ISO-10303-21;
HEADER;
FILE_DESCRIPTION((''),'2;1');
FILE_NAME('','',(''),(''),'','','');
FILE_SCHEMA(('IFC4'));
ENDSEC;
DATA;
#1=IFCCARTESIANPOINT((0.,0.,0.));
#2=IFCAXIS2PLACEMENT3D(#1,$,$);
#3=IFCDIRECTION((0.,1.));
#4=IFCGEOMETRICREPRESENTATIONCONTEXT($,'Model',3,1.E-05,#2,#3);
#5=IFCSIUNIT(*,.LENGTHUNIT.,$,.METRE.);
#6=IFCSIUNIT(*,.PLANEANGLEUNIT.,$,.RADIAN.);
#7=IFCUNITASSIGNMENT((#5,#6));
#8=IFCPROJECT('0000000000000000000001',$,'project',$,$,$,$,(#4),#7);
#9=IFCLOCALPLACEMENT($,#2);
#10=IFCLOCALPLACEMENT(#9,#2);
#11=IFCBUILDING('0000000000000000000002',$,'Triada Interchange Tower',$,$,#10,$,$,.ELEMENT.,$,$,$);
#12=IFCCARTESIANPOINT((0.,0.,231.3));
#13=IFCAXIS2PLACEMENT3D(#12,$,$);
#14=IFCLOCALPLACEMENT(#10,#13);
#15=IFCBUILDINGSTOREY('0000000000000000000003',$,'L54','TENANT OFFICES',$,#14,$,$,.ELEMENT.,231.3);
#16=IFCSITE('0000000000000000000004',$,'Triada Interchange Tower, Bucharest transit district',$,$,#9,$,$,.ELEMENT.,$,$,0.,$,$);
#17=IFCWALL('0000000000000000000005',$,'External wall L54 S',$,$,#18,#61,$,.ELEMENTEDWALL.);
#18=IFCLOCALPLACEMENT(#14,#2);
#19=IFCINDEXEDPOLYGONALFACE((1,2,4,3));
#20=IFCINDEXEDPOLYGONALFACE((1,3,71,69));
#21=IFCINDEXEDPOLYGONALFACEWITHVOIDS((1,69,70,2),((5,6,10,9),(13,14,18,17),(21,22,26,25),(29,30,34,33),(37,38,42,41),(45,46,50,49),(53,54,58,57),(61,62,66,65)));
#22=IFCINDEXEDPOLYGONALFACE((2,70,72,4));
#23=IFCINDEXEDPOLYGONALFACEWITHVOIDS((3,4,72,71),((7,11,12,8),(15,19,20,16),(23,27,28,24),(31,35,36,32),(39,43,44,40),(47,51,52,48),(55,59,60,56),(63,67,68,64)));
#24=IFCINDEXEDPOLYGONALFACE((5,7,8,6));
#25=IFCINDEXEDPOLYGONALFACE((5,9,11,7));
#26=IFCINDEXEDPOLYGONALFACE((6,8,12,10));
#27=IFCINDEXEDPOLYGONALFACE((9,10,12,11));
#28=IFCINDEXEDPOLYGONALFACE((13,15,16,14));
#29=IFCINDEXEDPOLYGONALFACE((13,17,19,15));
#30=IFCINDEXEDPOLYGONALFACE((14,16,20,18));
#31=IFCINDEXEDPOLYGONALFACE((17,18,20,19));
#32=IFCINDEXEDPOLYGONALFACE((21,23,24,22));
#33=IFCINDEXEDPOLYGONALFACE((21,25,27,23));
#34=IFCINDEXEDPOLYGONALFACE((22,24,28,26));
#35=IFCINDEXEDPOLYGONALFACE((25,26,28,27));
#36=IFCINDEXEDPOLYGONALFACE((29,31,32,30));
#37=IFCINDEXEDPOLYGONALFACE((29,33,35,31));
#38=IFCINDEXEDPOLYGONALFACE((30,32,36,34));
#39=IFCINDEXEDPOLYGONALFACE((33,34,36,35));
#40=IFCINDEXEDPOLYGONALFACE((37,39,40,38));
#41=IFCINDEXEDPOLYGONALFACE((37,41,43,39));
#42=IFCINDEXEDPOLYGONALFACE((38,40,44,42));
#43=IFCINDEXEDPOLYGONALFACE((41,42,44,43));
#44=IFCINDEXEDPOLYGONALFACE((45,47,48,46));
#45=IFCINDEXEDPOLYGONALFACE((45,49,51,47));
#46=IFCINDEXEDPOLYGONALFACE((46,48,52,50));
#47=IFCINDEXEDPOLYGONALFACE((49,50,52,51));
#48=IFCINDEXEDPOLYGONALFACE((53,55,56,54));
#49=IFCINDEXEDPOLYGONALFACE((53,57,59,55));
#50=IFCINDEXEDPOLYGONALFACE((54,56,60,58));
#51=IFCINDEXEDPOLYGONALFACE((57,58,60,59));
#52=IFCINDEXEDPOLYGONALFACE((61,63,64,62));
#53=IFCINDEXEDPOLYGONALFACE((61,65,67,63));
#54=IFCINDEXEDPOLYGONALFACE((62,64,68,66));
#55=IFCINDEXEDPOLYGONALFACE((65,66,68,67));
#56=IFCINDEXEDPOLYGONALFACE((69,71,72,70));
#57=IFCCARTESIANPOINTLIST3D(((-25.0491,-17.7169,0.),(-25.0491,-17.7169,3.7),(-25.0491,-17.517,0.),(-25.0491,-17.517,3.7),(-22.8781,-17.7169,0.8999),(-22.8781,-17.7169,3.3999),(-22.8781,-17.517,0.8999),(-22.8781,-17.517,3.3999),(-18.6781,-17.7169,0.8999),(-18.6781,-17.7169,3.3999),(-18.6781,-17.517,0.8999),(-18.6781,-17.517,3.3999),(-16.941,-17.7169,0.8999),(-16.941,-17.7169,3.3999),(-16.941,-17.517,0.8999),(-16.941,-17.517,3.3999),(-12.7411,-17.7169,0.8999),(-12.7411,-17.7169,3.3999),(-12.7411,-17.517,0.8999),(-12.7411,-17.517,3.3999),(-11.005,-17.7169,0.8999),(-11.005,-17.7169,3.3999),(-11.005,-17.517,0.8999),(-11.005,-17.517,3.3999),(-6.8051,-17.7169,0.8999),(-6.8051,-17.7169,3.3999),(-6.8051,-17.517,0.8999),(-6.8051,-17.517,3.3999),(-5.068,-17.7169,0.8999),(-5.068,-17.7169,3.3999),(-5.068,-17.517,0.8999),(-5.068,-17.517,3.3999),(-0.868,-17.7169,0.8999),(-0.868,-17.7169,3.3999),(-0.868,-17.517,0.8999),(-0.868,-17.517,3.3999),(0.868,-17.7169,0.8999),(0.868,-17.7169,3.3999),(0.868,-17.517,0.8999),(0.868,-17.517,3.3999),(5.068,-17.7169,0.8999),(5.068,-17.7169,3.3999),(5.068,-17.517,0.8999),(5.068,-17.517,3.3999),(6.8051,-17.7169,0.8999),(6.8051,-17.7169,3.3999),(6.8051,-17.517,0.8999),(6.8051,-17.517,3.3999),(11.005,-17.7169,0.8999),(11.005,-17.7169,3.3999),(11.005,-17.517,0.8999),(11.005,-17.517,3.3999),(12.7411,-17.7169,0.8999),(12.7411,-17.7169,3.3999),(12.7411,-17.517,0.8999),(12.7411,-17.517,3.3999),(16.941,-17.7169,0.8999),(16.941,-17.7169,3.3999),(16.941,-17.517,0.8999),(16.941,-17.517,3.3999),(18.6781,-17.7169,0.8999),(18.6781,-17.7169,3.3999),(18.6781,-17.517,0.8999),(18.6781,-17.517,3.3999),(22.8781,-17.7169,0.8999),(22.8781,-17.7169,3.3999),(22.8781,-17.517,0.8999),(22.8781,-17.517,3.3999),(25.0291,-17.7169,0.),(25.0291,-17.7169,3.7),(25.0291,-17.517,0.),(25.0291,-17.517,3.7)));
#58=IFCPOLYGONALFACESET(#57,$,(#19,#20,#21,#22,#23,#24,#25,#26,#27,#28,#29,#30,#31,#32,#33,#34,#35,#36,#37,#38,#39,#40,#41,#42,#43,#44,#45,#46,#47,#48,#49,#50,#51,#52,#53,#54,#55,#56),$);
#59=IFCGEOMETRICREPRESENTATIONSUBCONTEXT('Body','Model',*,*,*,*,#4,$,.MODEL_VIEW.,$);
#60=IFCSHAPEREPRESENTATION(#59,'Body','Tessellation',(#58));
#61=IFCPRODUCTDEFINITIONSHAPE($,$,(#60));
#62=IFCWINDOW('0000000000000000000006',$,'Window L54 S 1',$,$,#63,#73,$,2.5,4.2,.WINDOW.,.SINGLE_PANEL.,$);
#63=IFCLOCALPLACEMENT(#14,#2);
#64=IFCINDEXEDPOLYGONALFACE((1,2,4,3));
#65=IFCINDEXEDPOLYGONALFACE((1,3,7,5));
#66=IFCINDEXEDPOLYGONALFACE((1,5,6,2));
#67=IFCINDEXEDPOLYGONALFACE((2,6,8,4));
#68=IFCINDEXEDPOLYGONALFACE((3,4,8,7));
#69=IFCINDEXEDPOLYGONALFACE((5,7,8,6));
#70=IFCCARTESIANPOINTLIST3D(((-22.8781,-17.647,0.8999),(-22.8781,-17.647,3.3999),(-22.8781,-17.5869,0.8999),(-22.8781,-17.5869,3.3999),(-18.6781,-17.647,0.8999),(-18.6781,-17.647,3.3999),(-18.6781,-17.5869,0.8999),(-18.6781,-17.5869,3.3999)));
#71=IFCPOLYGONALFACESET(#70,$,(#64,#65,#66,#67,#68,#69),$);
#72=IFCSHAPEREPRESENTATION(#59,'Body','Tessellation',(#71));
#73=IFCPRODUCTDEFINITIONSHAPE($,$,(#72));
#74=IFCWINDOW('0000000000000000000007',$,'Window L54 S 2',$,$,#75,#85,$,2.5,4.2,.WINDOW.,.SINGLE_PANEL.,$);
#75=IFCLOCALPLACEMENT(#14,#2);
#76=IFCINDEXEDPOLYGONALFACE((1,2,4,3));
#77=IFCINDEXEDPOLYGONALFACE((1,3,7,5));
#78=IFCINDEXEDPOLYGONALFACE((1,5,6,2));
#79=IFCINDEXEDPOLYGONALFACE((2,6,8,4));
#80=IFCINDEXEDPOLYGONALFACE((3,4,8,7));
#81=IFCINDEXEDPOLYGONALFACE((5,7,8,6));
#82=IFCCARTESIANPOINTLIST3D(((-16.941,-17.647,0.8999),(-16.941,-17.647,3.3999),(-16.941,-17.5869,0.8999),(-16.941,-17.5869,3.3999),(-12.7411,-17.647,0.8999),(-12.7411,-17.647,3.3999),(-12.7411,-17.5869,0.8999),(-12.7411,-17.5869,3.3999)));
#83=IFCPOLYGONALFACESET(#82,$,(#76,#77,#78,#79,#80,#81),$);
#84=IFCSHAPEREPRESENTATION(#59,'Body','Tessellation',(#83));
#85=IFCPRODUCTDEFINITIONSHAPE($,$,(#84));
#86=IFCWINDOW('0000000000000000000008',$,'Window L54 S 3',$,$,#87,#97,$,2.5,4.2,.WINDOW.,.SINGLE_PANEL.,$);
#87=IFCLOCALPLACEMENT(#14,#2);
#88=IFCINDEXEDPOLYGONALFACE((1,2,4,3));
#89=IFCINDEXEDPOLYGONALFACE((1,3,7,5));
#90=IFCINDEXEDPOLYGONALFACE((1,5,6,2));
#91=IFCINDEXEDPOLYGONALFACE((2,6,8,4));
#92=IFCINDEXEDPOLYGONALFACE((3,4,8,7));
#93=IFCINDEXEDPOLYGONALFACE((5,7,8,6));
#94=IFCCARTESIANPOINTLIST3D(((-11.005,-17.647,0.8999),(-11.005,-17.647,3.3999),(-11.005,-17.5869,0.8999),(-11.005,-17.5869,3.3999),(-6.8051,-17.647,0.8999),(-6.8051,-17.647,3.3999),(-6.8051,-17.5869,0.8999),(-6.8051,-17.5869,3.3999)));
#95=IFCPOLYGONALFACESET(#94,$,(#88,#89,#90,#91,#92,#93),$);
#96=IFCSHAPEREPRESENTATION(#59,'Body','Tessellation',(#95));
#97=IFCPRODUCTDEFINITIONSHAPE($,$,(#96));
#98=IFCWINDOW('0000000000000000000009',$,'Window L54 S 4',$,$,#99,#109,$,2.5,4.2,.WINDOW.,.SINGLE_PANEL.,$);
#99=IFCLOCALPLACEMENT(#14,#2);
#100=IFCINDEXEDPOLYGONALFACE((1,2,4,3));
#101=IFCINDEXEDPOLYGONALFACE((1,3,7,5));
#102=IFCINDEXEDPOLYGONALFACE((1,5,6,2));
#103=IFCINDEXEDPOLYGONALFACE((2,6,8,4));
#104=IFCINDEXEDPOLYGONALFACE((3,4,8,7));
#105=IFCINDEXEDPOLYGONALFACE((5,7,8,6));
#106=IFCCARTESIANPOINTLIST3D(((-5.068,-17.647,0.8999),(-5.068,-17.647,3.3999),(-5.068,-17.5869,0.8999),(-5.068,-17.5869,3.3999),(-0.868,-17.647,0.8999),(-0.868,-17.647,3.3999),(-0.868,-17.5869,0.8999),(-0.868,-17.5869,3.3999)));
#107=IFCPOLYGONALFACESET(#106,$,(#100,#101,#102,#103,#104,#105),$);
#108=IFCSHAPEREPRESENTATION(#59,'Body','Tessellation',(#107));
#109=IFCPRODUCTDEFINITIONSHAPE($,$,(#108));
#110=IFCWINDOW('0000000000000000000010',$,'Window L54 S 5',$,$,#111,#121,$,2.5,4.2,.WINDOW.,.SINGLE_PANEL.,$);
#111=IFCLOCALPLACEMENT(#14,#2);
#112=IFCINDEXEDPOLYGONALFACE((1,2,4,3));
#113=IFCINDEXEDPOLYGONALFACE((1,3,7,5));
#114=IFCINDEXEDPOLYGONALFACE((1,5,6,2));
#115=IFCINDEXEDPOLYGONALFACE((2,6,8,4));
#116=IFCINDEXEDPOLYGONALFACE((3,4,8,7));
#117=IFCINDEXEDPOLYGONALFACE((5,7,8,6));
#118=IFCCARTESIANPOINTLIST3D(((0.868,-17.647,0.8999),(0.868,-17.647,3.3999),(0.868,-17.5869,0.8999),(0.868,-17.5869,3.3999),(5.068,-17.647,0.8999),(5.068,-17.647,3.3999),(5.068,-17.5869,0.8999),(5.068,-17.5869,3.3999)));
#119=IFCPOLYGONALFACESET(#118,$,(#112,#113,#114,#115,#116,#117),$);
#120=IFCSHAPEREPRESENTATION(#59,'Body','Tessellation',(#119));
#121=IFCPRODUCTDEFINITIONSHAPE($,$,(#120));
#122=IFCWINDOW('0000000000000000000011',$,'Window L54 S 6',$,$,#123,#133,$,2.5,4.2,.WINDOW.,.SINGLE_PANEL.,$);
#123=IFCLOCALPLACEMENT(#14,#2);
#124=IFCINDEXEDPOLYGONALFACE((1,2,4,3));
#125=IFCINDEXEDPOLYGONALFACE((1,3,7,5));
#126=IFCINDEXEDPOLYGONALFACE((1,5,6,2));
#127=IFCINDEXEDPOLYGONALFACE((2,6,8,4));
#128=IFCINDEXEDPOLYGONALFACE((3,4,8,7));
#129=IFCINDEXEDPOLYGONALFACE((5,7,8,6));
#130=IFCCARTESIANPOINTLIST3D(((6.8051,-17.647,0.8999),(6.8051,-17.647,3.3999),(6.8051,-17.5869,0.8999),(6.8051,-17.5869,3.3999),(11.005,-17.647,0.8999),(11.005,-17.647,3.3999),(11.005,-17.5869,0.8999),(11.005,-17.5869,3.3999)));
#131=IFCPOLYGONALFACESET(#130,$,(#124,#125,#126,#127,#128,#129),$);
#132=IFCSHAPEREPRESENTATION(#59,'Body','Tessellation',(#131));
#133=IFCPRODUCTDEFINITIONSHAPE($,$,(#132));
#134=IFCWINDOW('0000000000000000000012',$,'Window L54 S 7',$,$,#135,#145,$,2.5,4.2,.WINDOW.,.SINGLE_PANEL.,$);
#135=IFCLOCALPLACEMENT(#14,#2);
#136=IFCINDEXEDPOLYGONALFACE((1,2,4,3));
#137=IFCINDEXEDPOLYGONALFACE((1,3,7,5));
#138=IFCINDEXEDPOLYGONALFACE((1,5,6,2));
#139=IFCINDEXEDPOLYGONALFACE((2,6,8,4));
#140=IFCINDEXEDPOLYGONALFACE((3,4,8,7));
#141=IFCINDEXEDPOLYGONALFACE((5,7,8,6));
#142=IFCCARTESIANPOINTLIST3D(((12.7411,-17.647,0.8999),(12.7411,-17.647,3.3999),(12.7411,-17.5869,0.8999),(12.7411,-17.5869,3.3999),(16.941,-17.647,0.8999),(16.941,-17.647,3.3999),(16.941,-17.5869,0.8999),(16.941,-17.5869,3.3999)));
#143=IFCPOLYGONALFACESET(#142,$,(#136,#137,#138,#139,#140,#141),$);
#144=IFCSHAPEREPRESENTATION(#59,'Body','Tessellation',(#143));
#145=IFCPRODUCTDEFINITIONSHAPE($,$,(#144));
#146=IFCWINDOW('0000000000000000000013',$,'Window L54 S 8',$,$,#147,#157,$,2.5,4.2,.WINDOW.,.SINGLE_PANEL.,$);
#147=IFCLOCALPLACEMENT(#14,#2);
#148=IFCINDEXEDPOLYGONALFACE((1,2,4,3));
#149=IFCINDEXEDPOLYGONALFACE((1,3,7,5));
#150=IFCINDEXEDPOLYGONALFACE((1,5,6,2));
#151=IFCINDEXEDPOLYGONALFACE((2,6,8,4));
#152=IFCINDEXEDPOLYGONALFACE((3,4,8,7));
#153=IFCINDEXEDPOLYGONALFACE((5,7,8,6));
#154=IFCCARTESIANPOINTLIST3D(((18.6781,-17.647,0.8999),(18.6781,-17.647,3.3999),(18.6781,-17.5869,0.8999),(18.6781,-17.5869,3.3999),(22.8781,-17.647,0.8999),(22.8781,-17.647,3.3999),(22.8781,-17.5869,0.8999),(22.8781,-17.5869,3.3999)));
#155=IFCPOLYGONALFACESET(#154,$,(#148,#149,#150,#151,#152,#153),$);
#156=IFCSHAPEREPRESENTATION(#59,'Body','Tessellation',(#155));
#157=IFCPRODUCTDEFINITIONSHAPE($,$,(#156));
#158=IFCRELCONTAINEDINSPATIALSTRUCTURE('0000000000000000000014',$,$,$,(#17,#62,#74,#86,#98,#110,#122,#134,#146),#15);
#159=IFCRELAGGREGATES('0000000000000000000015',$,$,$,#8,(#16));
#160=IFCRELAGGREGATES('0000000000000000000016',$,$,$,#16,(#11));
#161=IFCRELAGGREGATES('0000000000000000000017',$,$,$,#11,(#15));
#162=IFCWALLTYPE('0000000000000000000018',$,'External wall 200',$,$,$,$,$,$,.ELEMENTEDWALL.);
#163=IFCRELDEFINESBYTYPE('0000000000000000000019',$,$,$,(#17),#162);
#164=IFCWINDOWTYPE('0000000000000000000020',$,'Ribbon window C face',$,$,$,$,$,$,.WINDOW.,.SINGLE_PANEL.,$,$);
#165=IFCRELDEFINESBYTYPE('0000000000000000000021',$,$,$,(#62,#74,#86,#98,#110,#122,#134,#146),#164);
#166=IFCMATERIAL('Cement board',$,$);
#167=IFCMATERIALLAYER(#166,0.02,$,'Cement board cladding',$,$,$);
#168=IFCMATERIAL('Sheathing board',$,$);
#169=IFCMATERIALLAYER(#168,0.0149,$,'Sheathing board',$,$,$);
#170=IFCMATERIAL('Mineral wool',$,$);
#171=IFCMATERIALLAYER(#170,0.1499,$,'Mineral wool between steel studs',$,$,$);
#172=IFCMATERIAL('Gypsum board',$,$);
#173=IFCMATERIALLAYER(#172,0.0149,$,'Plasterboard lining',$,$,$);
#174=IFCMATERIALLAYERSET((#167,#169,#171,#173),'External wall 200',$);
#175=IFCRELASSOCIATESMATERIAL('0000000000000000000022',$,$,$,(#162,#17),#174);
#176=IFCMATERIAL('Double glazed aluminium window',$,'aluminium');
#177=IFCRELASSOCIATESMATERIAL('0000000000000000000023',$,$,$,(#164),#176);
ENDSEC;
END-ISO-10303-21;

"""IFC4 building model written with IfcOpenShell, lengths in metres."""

from ifc_helpers import new_model, si_unit, direction, frame, frame_2d, origin, place, context, subcontext, project, spatial, rectangle, extrude, material, layer, layer_set, layer_usage, type_object, element, fill, save


model = new_model("IFC4")

# Units and contexts
model_context = context("Model", 3, precision=1e-05, world=origin(), true_north=direction((0.0, 1.0)))
body_context = subcontext(model_context, "Body", "Model", "MODEL_VIEW")
ifc_project = project(units=[si_unit("LENGTHUNIT", "METRE"), si_unit("PLANEANGLEUNIT", "RADIAN")], contexts=[model_context])

# Site, building, storey
site_placement = place(None, origin())
site = spatial("IfcSite", under=ifc_project, at=site_placement, Name="Triada Interchange Tower, Bucharest transit district", CompositionType="ELEMENT", RefElevation=0.0)
building_placement = place(site_placement, origin())
building = spatial("IfcBuilding", under=site, at=building_placement, Name="Triada Interchange Tower", CompositionType="ELEMENT")
storey_placement = place(building_placement, frame((0.0, 0.0, 231.3)))
storey = spatial("IfcBuildingStorey", under=building, at=storey_placement, Name="L54", Description="TENANT OFFICES", CompositionType="ELEMENT", Elevation=231.3)

# Shared definitions
ifc_material_1 = material(Name="Cement board")
ifc_layer_1 = layer(ifc_material_1, 0.02, Name="Cement board cladding")
ifc_material_2 = material(Name="Sheathing board")
ifc_layer_2 = layer(ifc_material_2, 0.0149, Name="Sheathing board")
ifc_material_3 = material(Name="Mineral wool")
ifc_layer_3 = layer(ifc_material_3, 0.1499, Name="Mineral wool between steel studs")
ifc_material_4 = material(Name="Gypsum board")
ifc_layer_4 = layer(ifc_material_4, 0.0149, Name="Plasterboard lining")
ifc_layer_set_1 = layer_set([ifc_layer_1, ifc_layer_2, ifc_layer_3, ifc_layer_4], Name="External wall 200")
ifc_layer_usage = layer_usage(ifc_layer_set_1, "AXIS2", "POSITIVE", -0.1001)
wall_type_1 = type_object("IfcWallType", Name="External wall 200", PredefinedType="ELEMENTEDWALL", material=ifc_layer_set_1)
ifc_material_5 = material(Name="Double glazed aluminium window", Category="aluminium")

# Wall, openings, windows
wall_1_placement = place(storey_placement, frame((-25.0491, -17.6169, 0.0), z_axis=(0.0, 0.0, 1.0), x_axis=(1.0, 0.0, 0.0)))
wall_1 = element("IfcWall", 1, at=wall_1_placement, inside=storey, type_object=wall_type_1, material=ifc_layer_usage, Name="External wall L54 S", PredefinedType="ELEMENTEDWALL", context=body_context, shape_type="SweptSolid", body=[
    extrude(rectangle(XDim=50.0781, YDim=0.2, at=frame_2d((25.0391, 0.0))), origin(), (0.0, 0.0, 1.0), 3.7),
])
opening_1_placement = place(wall_1_placement, frame((2.1709, 0.0, 0.8999)))
opening_1 = element("IfcOpeningElement", 2, at=opening_1_placement, cuts=wall_1, PredefinedType="OPENING", context=body_context, shape_type="SweptSolid", body=[
    extrude(rectangle(XDim=4.2, YDim=2.5, at=frame_2d((2.1001, 1.25))), frame((0.0, 0.1099, 0.0), z_axis=(0.0, -1.0, 0.0), x_axis=(1.0, 0.0, 0.0)), (0.0, 0.0, 1.0), 0.22),
])
opening_2_placement = place(wall_1_placement, frame((8.1079, 0.0, 0.8999)))
opening_2 = element("IfcOpeningElement", 3, at=opening_2_placement, cuts=wall_1, PredefinedType="OPENING", context=body_context, shape_type="SweptSolid", body=[
    extrude(rectangle(XDim=4.2, YDim=2.5, at=frame_2d((2.1001, 1.25))), frame((0.0, 0.1099, 0.0), z_axis=(0.0, -1.0, 0.0), x_axis=(1.0, 0.0, 0.0)), (0.0, 0.0, 1.0), 0.22),
])
opening_3_placement = place(wall_1_placement, frame((14.0439, 0.0, 0.8999)))
opening_3 = element("IfcOpeningElement", 4, at=opening_3_placement, cuts=wall_1, PredefinedType="OPENING", context=body_context, shape_type="SweptSolid", body=[
    extrude(rectangle(XDim=4.2, YDim=2.5, at=frame_2d((2.1001, 1.25))), frame((0.0, 0.1099, 0.0), z_axis=(0.0, -1.0, 0.0), x_axis=(1.0, 0.0, 0.0)), (0.0, 0.0, 1.0), 0.22),
])
opening_4_placement = place(wall_1_placement, frame((19.981, 0.0, 0.8999)))
opening_4 = element("IfcOpeningElement", 5, at=opening_4_placement, cuts=wall_1, PredefinedType="OPENING", context=body_context, shape_type="SweptSolid", body=[
    extrude(rectangle(XDim=4.2, YDim=2.5, at=frame_2d((2.1001, 1.25))), frame((0.0, 0.1099, 0.0), z_axis=(0.0, -1.0, 0.0), x_axis=(1.0, 0.0, 0.0)), (0.0, 0.0, 1.0), 0.22),
])
opening_5_placement = place(wall_1_placement, frame((25.917, 0.0, 0.8999)))
opening_5 = element("IfcOpeningElement", 6, at=opening_5_placement, cuts=wall_1, PredefinedType="OPENING", context=body_context, shape_type="SweptSolid", body=[
    extrude(rectangle(XDim=4.2, YDim=2.5, at=frame_2d((2.1001, 1.25))), frame((0.0, 0.1099, 0.0), z_axis=(0.0, -1.0, 0.0), x_axis=(1.0, 0.0, 0.0)), (0.0, 0.0, 1.0), 0.22),
])
opening_6_placement = place(wall_1_placement, frame((31.854, 0.0, 0.8999)))
opening_6 = element("IfcOpeningElement", 7, at=opening_6_placement, cuts=wall_1, PredefinedType="OPENING", context=body_context, shape_type="SweptSolid", body=[
    extrude(rectangle(XDim=4.2, YDim=2.5, at=frame_2d((2.1001, 1.25))), frame((0.0, 0.1099, 0.0), z_axis=(0.0, -1.0, 0.0), x_axis=(1.0, 0.0, 0.0)), (0.0, 0.0, 1.0), 0.22),
])
opening_7_placement = place(wall_1_placement, frame((37.79, 0.0, 0.8999)))
opening_7 = element("IfcOpeningElement", 8, at=opening_7_placement, cuts=wall_1, PredefinedType="OPENING", context=body_context, shape_type="SweptSolid", body=[
    extrude(rectangle(XDim=4.2, YDim=2.5, at=frame_2d((2.1001, 1.25))), frame((0.0, 0.1099, 0.0), z_axis=(0.0, -1.0, 0.0), x_axis=(1.0, 0.0, 0.0)), (0.0, 0.0, 1.0), 0.22),
])
opening_8_placement = place(wall_1_placement, frame((43.7271, 0.0, 0.8999)))
opening_8 = element("IfcOpeningElement", 9, at=opening_8_placement, cuts=wall_1, PredefinedType="OPENING", context=body_context, shape_type="SweptSolid", body=[
    extrude(rectangle(XDim=4.2, YDim=2.5, at=frame_2d((2.1001, 1.25))), frame((0.0, 0.1099, 0.0), z_axis=(0.0, -1.0, 0.0), x_axis=(1.0, 0.0, 0.0)), (0.0, 0.0, 1.0), 0.22),
])
window_type_1 = type_object("IfcWindowType", Name="Ribbon window C face", PartitioningType="SINGLE_PANEL", PredefinedType="WINDOW", material=ifc_material_5)
window_1_placement = place(opening_1_placement, origin())
window_1 = element("IfcWindow", 10, at=window_1_placement, inside=storey, type_object=window_type_1, Name="Window L54 S 1", OverallHeight=2.5, OverallWidth=4.2, PartitioningType="SINGLE_PANEL", PredefinedType="WINDOW", context=body_context, shape_type="SweptSolid", body=[
    extrude(rectangle(XDim=4.2, YDim=2.5, at=frame_2d((2.1001, 1.25))), frame((0.0, 0.03, 0.0), z_axis=(0.0, -1.0, 0.0), x_axis=(1.0, 0.0, 0.0)), (0.0, 0.0, 1.0), 0.0601),
])
fill(opening_1, window_1)
window_2_placement = place(opening_2_placement, origin())
window_2 = element("IfcWindow", 11, at=window_2_placement, inside=storey, type_object=window_type_1, Name="Window L54 S 2", OverallHeight=2.5, OverallWidth=4.2, PartitioningType="SINGLE_PANEL", PredefinedType="WINDOW", context=body_context, shape_type="SweptSolid", body=[
    extrude(rectangle(XDim=4.2, YDim=2.5, at=frame_2d((2.1001, 1.25))), frame((0.0, 0.03, 0.0), z_axis=(0.0, -1.0, 0.0), x_axis=(1.0, 0.0, 0.0)), (0.0, 0.0, 1.0), 0.0601),
])
fill(opening_2, window_2)
window_3_placement = place(opening_3_placement, origin())
window_3 = element("IfcWindow", 12, at=window_3_placement, inside=storey, type_object=window_type_1, Name="Window L54 S 3", OverallHeight=2.5, OverallWidth=4.2, PartitioningType="SINGLE_PANEL", PredefinedType="WINDOW", context=body_context, shape_type="SweptSolid", body=[
    extrude(rectangle(XDim=4.2, YDim=2.5, at=frame_2d((2.1001, 1.25))), frame((0.0, 0.03, 0.0), z_axis=(0.0, -1.0, 0.0), x_axis=(1.0, 0.0, 0.0)), (0.0, 0.0, 1.0), 0.0601),
])
fill(opening_3, window_3)
window_4_placement = place(opening_4_placement, origin())
window_4 = element("IfcWindow", 13, at=window_4_placement, inside=storey, type_object=window_type_1, Name="Window L54 S 4", OverallHeight=2.5, OverallWidth=4.2, PartitioningType="SINGLE_PANEL", PredefinedType="WINDOW", context=body_context, shape_type="SweptSolid", body=[
    extrude(rectangle(XDim=4.2, YDim=2.5, at=frame_2d((2.1001, 1.25))), frame((0.0, 0.03, 0.0), z_axis=(0.0, -1.0, 0.0), x_axis=(1.0, 0.0, 0.0)), (0.0, 0.0, 1.0), 0.0601),
])
fill(opening_4, window_4)
window_5_placement = place(opening_5_placement, origin())
window_5 = element("IfcWindow", 14, at=window_5_placement, inside=storey, type_object=window_type_1, Name="Window L54 S 5", OverallHeight=2.5, OverallWidth=4.2, PartitioningType="SINGLE_PANEL", PredefinedType="WINDOW", context=body_context, shape_type="SweptSolid", body=[
    extrude(rectangle(XDim=4.2, YDim=2.5, at=frame_2d((2.1001, 1.25))), frame((0.0, 0.03, 0.0), z_axis=(0.0, -1.0, 0.0), x_axis=(1.0, 0.0, 0.0)), (0.0, 0.0, 1.0), 0.0601),
])
fill(opening_5, window_5)
window_6_placement = place(opening_6_placement, origin())
window_6 = element("IfcWindow", 15, at=window_6_placement, inside=storey, type_object=window_type_1, Name="Window L54 S 6", OverallHeight=2.5, OverallWidth=4.2, PartitioningType="SINGLE_PANEL", PredefinedType="WINDOW", context=body_context, shape_type="SweptSolid", body=[
    extrude(rectangle(XDim=4.2, YDim=2.5, at=frame_2d((2.1001, 1.25))), frame((0.0, 0.03, 0.0), z_axis=(0.0, -1.0, 0.0), x_axis=(1.0, 0.0, 0.0)), (0.0, 0.0, 1.0), 0.0601),
])
fill(opening_6, window_6)
window_7_placement = place(opening_7_placement, origin())
window_7 = element("IfcWindow", 16, at=window_7_placement, inside=storey, type_object=window_type_1, Name="Window L54 S 7", OverallHeight=2.5, OverallWidth=4.2, PartitioningType="SINGLE_PANEL", PredefinedType="WINDOW", context=body_context, shape_type="SweptSolid", body=[
    extrude(rectangle(XDim=4.2, YDim=2.5, at=frame_2d((2.1001, 1.25))), frame((0.0, 0.03, 0.0), z_axis=(0.0, -1.0, 0.0), x_axis=(1.0, 0.0, 0.0)), (0.0, 0.0, 1.0), 0.0601),
])
fill(opening_7, window_7)
window_8_placement = place(opening_8_placement, origin())
window_8 = element("IfcWindow", 17, at=window_8_placement, inside=storey, type_object=window_type_1, Name="Window L54 S 8", OverallHeight=2.5, OverallWidth=4.2, PartitioningType="SINGLE_PANEL", PredefinedType="WINDOW", context=body_context, shape_type="SweptSolid", body=[
    extrude(rectangle(XDim=4.2, YDim=2.5, at=frame_2d((2.1001, 1.25))), frame((0.0, 0.03, 0.0), z_axis=(0.0, -1.0, 0.0), x_axis=(1.0, 0.0, 0.0)), (0.0, 0.0, 1.0), 0.0601),
])
fill(opening_8, window_8)

save(model, "model.ifc")
